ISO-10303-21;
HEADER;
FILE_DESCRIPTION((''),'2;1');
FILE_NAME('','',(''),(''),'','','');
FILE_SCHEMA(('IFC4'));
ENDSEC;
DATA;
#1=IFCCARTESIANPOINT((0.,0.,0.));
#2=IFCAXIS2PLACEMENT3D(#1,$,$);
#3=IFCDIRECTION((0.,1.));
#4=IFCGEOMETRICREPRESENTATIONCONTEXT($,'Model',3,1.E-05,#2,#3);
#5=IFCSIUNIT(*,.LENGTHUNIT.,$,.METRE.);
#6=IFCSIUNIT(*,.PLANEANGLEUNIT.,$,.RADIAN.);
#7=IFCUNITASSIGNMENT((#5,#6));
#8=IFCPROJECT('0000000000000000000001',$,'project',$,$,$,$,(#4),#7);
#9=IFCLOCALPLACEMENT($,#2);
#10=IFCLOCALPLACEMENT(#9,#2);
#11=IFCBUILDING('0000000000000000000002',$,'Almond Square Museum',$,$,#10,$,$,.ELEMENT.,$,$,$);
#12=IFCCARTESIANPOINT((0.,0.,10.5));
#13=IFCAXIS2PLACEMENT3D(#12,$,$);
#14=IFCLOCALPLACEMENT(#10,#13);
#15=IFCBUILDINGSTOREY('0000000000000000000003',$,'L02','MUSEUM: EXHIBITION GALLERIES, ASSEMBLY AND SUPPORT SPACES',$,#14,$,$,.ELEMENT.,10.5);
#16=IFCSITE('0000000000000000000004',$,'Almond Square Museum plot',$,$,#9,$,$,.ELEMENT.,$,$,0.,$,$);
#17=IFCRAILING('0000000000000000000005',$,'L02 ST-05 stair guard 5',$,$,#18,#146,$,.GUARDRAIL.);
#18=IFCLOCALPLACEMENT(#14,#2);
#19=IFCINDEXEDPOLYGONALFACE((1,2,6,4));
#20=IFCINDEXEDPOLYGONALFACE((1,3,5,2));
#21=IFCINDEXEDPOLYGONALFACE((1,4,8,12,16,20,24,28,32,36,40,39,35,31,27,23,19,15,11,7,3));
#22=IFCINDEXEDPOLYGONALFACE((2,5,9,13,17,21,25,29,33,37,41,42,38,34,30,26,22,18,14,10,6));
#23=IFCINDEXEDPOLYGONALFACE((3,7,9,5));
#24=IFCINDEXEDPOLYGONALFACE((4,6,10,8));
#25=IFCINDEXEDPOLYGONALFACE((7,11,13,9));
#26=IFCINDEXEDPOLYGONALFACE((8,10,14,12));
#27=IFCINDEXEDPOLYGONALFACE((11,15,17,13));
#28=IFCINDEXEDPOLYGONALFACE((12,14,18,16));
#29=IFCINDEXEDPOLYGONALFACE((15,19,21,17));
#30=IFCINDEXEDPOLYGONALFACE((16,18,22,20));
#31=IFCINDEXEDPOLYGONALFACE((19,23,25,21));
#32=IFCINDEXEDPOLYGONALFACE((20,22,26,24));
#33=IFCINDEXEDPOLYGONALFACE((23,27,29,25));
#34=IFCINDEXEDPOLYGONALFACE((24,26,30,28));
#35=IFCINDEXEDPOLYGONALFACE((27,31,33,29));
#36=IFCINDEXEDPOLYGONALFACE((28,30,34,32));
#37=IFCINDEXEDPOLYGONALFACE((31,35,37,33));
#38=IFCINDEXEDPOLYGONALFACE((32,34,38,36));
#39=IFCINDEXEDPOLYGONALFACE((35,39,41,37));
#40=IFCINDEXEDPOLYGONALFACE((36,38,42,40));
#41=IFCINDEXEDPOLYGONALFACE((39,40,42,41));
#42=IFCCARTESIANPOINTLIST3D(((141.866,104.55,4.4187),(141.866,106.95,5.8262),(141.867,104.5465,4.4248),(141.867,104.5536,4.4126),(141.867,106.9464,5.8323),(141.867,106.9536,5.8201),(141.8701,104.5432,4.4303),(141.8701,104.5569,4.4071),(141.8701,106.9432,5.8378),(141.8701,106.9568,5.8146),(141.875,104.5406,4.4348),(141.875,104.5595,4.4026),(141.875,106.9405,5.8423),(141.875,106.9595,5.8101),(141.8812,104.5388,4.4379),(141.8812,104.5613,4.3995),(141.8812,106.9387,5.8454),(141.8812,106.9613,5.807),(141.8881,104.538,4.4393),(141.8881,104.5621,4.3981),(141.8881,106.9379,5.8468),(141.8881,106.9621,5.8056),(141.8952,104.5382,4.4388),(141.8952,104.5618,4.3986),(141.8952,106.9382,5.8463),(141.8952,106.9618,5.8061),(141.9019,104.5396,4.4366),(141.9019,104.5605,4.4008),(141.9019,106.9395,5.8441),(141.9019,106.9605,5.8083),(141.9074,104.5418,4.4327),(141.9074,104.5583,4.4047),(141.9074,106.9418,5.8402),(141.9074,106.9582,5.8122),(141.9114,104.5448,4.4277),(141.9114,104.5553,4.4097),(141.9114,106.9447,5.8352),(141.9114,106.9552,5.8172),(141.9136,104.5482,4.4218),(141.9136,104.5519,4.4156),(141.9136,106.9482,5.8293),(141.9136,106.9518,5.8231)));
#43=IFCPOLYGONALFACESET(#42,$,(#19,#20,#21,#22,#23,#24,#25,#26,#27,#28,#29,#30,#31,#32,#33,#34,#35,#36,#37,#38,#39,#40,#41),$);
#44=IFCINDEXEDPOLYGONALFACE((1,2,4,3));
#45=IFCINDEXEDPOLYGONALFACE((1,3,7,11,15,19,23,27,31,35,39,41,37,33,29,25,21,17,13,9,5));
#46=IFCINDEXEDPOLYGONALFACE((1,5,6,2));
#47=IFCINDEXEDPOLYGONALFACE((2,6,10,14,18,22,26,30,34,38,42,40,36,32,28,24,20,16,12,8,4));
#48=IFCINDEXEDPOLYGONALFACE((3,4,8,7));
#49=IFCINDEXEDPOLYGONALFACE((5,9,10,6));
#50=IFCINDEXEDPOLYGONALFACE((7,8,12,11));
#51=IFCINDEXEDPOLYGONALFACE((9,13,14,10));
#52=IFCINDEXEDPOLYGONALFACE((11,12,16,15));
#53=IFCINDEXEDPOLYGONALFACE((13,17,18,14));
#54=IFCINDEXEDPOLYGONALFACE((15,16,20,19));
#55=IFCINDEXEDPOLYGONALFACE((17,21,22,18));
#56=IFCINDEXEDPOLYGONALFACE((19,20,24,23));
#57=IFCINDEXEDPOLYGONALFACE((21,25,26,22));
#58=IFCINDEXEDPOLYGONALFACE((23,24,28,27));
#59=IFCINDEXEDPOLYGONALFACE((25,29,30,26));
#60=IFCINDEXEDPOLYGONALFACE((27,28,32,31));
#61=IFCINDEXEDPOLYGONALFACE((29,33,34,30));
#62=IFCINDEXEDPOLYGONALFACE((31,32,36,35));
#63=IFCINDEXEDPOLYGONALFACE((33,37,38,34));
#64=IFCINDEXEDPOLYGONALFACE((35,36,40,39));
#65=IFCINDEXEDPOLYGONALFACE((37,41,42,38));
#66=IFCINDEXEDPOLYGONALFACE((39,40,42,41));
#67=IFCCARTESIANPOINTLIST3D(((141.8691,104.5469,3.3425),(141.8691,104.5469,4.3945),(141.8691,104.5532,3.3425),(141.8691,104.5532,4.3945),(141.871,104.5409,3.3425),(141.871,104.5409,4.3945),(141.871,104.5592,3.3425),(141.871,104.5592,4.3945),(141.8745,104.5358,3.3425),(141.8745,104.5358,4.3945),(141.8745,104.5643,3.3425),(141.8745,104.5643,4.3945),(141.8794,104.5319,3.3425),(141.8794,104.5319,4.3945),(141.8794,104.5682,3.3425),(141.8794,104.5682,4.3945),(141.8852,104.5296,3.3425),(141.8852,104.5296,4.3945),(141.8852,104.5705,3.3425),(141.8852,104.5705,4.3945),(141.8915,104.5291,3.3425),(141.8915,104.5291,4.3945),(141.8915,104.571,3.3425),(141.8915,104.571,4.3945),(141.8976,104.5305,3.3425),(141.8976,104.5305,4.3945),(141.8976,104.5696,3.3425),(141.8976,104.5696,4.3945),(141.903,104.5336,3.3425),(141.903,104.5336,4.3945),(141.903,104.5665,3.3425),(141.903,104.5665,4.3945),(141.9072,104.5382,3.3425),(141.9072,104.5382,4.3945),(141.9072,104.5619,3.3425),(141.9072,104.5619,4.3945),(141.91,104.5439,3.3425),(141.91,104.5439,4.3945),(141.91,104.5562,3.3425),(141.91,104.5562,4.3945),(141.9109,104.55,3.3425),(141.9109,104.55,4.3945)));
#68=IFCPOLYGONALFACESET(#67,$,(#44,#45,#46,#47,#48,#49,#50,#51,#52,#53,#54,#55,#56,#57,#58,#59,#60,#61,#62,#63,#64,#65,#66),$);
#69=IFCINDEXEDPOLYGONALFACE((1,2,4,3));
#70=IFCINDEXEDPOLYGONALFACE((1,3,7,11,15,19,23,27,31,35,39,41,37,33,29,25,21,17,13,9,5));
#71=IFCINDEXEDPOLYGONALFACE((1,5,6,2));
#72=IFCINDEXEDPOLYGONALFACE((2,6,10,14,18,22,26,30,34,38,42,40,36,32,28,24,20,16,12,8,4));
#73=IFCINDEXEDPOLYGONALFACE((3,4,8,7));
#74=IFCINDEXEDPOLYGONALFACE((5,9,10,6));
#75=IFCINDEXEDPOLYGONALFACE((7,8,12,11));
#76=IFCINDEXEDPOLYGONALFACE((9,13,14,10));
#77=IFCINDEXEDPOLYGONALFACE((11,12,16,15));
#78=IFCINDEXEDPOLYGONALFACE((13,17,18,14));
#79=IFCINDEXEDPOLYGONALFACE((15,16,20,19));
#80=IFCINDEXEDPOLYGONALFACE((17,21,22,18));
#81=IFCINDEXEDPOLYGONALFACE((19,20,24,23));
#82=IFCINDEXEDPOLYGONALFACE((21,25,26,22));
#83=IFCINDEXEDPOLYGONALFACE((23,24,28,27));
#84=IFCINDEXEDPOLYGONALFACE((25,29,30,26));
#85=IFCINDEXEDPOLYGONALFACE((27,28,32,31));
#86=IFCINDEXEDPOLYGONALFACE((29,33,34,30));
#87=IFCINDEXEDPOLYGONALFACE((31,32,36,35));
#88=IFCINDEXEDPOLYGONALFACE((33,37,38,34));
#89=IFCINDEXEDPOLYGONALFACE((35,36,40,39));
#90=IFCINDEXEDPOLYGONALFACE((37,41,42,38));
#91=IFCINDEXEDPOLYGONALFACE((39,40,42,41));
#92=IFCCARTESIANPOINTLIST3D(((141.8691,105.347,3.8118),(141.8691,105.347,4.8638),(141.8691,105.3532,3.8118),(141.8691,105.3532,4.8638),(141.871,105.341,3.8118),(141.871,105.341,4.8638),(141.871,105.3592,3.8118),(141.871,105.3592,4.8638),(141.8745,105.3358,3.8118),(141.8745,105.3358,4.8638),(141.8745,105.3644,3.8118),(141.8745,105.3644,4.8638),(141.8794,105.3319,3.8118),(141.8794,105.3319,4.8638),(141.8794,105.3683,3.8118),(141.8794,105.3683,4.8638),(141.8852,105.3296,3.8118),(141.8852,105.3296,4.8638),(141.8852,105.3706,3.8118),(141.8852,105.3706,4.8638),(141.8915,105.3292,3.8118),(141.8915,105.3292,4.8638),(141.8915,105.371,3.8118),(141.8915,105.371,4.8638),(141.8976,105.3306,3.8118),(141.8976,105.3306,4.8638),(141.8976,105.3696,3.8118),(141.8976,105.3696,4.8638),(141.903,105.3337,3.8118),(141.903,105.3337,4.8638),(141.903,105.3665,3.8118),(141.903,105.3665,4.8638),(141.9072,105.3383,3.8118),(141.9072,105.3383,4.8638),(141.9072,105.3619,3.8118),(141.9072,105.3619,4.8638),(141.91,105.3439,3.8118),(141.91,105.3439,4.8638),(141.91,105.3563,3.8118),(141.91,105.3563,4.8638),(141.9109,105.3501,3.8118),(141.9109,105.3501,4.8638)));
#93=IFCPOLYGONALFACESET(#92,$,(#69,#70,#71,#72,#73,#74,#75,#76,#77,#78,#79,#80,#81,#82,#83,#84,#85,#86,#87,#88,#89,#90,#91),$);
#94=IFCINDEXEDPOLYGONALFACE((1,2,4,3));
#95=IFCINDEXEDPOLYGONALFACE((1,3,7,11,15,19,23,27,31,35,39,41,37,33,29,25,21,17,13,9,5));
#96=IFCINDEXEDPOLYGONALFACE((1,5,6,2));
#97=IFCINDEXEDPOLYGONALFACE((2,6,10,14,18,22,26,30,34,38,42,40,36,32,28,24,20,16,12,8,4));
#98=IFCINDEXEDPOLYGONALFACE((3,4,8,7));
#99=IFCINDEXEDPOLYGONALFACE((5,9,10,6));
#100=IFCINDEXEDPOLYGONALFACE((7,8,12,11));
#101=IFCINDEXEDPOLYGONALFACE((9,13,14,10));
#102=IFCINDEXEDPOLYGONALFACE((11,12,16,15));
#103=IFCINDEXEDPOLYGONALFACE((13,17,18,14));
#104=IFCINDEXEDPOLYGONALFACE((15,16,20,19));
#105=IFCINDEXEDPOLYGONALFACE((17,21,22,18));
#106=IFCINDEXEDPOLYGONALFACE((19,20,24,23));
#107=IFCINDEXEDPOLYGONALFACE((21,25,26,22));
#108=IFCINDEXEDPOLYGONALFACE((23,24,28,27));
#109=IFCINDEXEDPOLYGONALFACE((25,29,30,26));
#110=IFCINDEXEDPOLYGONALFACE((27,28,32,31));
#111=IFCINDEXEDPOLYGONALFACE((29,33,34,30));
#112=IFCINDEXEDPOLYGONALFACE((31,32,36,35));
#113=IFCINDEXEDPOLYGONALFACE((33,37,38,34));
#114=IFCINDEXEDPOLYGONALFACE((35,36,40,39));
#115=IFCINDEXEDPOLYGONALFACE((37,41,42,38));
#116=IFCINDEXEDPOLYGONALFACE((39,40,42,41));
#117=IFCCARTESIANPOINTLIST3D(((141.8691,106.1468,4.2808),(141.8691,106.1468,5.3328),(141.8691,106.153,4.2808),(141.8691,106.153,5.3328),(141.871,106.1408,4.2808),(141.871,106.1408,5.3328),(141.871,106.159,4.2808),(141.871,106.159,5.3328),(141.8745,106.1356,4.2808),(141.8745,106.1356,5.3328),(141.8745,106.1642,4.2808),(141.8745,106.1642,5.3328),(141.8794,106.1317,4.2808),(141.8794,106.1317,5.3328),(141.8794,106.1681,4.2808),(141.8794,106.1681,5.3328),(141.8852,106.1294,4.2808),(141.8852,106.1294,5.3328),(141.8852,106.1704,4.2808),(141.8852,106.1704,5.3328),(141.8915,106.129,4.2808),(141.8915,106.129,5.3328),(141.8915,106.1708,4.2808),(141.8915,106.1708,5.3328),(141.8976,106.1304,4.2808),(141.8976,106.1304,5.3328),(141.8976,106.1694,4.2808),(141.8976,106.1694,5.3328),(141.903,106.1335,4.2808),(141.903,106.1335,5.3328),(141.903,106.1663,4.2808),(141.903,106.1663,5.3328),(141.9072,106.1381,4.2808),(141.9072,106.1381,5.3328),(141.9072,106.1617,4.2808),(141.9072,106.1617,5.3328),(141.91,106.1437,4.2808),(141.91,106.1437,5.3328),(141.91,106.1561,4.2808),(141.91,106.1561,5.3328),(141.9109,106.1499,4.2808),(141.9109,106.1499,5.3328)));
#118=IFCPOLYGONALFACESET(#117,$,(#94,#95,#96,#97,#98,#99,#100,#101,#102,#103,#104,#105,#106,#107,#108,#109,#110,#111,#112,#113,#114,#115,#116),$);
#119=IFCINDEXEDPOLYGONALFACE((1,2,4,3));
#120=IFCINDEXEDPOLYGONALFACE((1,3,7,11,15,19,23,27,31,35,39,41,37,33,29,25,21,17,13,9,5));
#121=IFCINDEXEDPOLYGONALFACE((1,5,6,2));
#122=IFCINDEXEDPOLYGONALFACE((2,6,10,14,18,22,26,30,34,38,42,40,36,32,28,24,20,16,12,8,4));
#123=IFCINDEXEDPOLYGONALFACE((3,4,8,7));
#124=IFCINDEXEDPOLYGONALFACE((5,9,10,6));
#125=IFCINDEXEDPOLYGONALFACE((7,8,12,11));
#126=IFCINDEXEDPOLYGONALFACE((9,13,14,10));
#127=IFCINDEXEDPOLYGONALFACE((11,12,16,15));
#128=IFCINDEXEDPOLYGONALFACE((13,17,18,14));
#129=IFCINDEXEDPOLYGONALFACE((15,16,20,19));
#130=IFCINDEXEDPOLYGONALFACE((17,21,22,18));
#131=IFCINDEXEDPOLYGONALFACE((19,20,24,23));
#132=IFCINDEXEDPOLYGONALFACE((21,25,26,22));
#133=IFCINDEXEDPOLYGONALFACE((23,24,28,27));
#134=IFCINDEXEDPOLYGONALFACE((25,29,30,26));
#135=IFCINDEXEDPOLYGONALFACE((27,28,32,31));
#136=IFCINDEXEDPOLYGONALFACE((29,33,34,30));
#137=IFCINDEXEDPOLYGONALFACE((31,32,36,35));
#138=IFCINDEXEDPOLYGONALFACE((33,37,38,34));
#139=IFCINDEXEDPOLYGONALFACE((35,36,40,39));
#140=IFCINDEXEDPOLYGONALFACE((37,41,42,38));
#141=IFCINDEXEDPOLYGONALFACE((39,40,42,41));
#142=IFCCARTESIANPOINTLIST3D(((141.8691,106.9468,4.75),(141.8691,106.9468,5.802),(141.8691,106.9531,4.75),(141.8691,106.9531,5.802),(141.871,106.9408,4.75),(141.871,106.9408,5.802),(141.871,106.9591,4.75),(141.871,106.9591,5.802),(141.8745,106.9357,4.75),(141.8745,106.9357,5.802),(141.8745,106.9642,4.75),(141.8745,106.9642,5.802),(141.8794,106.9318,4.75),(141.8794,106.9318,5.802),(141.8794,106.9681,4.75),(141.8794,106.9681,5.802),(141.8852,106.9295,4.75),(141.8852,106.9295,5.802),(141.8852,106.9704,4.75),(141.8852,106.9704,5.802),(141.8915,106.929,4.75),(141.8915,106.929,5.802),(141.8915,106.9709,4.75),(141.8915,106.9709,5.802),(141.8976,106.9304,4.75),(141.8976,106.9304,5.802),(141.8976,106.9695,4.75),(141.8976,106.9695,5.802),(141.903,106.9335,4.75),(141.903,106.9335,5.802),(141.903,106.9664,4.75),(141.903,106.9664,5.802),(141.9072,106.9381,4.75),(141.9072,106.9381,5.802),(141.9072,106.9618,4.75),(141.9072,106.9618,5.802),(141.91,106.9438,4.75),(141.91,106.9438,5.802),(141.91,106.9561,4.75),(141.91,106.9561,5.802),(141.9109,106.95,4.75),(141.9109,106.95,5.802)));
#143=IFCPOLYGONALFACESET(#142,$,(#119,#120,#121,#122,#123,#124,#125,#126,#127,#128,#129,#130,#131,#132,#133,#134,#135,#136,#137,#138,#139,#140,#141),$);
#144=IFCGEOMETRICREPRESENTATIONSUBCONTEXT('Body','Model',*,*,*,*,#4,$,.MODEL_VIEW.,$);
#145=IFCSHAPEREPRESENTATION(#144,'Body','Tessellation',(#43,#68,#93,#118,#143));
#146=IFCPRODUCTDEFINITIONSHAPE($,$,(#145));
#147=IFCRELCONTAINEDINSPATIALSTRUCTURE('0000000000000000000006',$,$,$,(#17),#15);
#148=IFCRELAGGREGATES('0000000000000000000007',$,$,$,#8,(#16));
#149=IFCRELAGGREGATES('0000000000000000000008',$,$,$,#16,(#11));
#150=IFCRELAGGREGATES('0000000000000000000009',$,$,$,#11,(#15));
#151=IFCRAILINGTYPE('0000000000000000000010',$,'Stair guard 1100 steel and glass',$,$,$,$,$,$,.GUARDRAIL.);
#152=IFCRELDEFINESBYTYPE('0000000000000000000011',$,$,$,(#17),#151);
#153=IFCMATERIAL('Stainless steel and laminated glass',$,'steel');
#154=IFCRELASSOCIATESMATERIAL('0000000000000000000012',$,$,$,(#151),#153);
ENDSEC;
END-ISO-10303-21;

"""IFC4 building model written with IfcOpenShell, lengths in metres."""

from ifc_helpers import new_model, si_unit, direction, frame, origin, origin_2d, place, context, subcontext, project, spatial, circle, extrude, material, type_object, element, save


model = new_model("IFC4")

# Units and contexts
model_context = context("Model", 3, precision=1e-05, world=origin(), true_north=direction((0.0, 1.0)))
body_context = subcontext(model_context, "Body", "Model", "MODEL_VIEW")
ifc_project = project(units=[si_unit("LENGTHUNIT", "METRE"), si_unit("PLANEANGLEUNIT", "RADIAN")], contexts=[model_context])

# Site, building, storey
site_placement = place(None, origin())
site = spatial("IfcSite", under=ifc_project, at=site_placement, Name="Almond Square Museum plot", CompositionType="ELEMENT", RefElevation=0.0)
building_placement = place(site_placement, origin())
building = spatial("IfcBuilding", under=site, at=building_placement, Name="Almond Square Museum", CompositionType="ELEMENT")
storey_placement = place(building_placement, frame((0.0, 0.0, 10.5)))
storey = spatial("IfcBuildingStorey", under=building, at=storey_placement, Name="L02", Description="MUSEUM: EXHIBITION GALLERIES, ASSEMBLY AND SUPPORT SPACES", CompositionType="ELEMENT", Elevation=10.5)

# Railing
ifc_material_1 = material(Name="Stainless steel and laminated glass", Category="steel")
railing_type_1 = type_object("IfcRailingType", Name="Stair guard 1100 steel and glass", PredefinedType="GUARDRAIL", material=ifc_material_1)
railing_1_placement = place(storey_placement, frame((141.8899, 104.55, 3.3425)))
element("IfcRailing", 1, at=railing_1_placement, inside=storey, type_object=railing_type_1, Name="L02 ST-05 stair guard 5", PredefinedType="GUARDRAIL", context=body_context, shape_type="SweptSolid", body=[
    extrude(circle(Radius=0.0239, at=origin_2d()), frame((0.0, 0.0, 1.0762), z_axis=(0.0, 0.862599, 0.505888), x_axis=(-1.0, 0.0, 0.0)), (0.0, 0.0, 1.0), 2.7822),
    extrude(circle(Radius=0.021, at=origin_2d()), origin(), (0.0, 0.0, 1.0), 1.052),
    extrude(circle(Radius=0.021, at=origin_2d()), frame((0.0, 0.8, 0.4692)), (0.0, 0.0, 1.0), 1.052),
    extrude(circle(Radius=0.021, at=origin_2d()), frame((0.0, 1.5999, 0.9382)), (0.0, 0.0, 1.0), 1.052),
    extrude(circle(Radius=0.021, at=origin_2d()), frame((0.0, 2.3999, 1.4075)), (0.0, 0.0, 1.0), 1.052),
])

save(model, "model.ifc")
